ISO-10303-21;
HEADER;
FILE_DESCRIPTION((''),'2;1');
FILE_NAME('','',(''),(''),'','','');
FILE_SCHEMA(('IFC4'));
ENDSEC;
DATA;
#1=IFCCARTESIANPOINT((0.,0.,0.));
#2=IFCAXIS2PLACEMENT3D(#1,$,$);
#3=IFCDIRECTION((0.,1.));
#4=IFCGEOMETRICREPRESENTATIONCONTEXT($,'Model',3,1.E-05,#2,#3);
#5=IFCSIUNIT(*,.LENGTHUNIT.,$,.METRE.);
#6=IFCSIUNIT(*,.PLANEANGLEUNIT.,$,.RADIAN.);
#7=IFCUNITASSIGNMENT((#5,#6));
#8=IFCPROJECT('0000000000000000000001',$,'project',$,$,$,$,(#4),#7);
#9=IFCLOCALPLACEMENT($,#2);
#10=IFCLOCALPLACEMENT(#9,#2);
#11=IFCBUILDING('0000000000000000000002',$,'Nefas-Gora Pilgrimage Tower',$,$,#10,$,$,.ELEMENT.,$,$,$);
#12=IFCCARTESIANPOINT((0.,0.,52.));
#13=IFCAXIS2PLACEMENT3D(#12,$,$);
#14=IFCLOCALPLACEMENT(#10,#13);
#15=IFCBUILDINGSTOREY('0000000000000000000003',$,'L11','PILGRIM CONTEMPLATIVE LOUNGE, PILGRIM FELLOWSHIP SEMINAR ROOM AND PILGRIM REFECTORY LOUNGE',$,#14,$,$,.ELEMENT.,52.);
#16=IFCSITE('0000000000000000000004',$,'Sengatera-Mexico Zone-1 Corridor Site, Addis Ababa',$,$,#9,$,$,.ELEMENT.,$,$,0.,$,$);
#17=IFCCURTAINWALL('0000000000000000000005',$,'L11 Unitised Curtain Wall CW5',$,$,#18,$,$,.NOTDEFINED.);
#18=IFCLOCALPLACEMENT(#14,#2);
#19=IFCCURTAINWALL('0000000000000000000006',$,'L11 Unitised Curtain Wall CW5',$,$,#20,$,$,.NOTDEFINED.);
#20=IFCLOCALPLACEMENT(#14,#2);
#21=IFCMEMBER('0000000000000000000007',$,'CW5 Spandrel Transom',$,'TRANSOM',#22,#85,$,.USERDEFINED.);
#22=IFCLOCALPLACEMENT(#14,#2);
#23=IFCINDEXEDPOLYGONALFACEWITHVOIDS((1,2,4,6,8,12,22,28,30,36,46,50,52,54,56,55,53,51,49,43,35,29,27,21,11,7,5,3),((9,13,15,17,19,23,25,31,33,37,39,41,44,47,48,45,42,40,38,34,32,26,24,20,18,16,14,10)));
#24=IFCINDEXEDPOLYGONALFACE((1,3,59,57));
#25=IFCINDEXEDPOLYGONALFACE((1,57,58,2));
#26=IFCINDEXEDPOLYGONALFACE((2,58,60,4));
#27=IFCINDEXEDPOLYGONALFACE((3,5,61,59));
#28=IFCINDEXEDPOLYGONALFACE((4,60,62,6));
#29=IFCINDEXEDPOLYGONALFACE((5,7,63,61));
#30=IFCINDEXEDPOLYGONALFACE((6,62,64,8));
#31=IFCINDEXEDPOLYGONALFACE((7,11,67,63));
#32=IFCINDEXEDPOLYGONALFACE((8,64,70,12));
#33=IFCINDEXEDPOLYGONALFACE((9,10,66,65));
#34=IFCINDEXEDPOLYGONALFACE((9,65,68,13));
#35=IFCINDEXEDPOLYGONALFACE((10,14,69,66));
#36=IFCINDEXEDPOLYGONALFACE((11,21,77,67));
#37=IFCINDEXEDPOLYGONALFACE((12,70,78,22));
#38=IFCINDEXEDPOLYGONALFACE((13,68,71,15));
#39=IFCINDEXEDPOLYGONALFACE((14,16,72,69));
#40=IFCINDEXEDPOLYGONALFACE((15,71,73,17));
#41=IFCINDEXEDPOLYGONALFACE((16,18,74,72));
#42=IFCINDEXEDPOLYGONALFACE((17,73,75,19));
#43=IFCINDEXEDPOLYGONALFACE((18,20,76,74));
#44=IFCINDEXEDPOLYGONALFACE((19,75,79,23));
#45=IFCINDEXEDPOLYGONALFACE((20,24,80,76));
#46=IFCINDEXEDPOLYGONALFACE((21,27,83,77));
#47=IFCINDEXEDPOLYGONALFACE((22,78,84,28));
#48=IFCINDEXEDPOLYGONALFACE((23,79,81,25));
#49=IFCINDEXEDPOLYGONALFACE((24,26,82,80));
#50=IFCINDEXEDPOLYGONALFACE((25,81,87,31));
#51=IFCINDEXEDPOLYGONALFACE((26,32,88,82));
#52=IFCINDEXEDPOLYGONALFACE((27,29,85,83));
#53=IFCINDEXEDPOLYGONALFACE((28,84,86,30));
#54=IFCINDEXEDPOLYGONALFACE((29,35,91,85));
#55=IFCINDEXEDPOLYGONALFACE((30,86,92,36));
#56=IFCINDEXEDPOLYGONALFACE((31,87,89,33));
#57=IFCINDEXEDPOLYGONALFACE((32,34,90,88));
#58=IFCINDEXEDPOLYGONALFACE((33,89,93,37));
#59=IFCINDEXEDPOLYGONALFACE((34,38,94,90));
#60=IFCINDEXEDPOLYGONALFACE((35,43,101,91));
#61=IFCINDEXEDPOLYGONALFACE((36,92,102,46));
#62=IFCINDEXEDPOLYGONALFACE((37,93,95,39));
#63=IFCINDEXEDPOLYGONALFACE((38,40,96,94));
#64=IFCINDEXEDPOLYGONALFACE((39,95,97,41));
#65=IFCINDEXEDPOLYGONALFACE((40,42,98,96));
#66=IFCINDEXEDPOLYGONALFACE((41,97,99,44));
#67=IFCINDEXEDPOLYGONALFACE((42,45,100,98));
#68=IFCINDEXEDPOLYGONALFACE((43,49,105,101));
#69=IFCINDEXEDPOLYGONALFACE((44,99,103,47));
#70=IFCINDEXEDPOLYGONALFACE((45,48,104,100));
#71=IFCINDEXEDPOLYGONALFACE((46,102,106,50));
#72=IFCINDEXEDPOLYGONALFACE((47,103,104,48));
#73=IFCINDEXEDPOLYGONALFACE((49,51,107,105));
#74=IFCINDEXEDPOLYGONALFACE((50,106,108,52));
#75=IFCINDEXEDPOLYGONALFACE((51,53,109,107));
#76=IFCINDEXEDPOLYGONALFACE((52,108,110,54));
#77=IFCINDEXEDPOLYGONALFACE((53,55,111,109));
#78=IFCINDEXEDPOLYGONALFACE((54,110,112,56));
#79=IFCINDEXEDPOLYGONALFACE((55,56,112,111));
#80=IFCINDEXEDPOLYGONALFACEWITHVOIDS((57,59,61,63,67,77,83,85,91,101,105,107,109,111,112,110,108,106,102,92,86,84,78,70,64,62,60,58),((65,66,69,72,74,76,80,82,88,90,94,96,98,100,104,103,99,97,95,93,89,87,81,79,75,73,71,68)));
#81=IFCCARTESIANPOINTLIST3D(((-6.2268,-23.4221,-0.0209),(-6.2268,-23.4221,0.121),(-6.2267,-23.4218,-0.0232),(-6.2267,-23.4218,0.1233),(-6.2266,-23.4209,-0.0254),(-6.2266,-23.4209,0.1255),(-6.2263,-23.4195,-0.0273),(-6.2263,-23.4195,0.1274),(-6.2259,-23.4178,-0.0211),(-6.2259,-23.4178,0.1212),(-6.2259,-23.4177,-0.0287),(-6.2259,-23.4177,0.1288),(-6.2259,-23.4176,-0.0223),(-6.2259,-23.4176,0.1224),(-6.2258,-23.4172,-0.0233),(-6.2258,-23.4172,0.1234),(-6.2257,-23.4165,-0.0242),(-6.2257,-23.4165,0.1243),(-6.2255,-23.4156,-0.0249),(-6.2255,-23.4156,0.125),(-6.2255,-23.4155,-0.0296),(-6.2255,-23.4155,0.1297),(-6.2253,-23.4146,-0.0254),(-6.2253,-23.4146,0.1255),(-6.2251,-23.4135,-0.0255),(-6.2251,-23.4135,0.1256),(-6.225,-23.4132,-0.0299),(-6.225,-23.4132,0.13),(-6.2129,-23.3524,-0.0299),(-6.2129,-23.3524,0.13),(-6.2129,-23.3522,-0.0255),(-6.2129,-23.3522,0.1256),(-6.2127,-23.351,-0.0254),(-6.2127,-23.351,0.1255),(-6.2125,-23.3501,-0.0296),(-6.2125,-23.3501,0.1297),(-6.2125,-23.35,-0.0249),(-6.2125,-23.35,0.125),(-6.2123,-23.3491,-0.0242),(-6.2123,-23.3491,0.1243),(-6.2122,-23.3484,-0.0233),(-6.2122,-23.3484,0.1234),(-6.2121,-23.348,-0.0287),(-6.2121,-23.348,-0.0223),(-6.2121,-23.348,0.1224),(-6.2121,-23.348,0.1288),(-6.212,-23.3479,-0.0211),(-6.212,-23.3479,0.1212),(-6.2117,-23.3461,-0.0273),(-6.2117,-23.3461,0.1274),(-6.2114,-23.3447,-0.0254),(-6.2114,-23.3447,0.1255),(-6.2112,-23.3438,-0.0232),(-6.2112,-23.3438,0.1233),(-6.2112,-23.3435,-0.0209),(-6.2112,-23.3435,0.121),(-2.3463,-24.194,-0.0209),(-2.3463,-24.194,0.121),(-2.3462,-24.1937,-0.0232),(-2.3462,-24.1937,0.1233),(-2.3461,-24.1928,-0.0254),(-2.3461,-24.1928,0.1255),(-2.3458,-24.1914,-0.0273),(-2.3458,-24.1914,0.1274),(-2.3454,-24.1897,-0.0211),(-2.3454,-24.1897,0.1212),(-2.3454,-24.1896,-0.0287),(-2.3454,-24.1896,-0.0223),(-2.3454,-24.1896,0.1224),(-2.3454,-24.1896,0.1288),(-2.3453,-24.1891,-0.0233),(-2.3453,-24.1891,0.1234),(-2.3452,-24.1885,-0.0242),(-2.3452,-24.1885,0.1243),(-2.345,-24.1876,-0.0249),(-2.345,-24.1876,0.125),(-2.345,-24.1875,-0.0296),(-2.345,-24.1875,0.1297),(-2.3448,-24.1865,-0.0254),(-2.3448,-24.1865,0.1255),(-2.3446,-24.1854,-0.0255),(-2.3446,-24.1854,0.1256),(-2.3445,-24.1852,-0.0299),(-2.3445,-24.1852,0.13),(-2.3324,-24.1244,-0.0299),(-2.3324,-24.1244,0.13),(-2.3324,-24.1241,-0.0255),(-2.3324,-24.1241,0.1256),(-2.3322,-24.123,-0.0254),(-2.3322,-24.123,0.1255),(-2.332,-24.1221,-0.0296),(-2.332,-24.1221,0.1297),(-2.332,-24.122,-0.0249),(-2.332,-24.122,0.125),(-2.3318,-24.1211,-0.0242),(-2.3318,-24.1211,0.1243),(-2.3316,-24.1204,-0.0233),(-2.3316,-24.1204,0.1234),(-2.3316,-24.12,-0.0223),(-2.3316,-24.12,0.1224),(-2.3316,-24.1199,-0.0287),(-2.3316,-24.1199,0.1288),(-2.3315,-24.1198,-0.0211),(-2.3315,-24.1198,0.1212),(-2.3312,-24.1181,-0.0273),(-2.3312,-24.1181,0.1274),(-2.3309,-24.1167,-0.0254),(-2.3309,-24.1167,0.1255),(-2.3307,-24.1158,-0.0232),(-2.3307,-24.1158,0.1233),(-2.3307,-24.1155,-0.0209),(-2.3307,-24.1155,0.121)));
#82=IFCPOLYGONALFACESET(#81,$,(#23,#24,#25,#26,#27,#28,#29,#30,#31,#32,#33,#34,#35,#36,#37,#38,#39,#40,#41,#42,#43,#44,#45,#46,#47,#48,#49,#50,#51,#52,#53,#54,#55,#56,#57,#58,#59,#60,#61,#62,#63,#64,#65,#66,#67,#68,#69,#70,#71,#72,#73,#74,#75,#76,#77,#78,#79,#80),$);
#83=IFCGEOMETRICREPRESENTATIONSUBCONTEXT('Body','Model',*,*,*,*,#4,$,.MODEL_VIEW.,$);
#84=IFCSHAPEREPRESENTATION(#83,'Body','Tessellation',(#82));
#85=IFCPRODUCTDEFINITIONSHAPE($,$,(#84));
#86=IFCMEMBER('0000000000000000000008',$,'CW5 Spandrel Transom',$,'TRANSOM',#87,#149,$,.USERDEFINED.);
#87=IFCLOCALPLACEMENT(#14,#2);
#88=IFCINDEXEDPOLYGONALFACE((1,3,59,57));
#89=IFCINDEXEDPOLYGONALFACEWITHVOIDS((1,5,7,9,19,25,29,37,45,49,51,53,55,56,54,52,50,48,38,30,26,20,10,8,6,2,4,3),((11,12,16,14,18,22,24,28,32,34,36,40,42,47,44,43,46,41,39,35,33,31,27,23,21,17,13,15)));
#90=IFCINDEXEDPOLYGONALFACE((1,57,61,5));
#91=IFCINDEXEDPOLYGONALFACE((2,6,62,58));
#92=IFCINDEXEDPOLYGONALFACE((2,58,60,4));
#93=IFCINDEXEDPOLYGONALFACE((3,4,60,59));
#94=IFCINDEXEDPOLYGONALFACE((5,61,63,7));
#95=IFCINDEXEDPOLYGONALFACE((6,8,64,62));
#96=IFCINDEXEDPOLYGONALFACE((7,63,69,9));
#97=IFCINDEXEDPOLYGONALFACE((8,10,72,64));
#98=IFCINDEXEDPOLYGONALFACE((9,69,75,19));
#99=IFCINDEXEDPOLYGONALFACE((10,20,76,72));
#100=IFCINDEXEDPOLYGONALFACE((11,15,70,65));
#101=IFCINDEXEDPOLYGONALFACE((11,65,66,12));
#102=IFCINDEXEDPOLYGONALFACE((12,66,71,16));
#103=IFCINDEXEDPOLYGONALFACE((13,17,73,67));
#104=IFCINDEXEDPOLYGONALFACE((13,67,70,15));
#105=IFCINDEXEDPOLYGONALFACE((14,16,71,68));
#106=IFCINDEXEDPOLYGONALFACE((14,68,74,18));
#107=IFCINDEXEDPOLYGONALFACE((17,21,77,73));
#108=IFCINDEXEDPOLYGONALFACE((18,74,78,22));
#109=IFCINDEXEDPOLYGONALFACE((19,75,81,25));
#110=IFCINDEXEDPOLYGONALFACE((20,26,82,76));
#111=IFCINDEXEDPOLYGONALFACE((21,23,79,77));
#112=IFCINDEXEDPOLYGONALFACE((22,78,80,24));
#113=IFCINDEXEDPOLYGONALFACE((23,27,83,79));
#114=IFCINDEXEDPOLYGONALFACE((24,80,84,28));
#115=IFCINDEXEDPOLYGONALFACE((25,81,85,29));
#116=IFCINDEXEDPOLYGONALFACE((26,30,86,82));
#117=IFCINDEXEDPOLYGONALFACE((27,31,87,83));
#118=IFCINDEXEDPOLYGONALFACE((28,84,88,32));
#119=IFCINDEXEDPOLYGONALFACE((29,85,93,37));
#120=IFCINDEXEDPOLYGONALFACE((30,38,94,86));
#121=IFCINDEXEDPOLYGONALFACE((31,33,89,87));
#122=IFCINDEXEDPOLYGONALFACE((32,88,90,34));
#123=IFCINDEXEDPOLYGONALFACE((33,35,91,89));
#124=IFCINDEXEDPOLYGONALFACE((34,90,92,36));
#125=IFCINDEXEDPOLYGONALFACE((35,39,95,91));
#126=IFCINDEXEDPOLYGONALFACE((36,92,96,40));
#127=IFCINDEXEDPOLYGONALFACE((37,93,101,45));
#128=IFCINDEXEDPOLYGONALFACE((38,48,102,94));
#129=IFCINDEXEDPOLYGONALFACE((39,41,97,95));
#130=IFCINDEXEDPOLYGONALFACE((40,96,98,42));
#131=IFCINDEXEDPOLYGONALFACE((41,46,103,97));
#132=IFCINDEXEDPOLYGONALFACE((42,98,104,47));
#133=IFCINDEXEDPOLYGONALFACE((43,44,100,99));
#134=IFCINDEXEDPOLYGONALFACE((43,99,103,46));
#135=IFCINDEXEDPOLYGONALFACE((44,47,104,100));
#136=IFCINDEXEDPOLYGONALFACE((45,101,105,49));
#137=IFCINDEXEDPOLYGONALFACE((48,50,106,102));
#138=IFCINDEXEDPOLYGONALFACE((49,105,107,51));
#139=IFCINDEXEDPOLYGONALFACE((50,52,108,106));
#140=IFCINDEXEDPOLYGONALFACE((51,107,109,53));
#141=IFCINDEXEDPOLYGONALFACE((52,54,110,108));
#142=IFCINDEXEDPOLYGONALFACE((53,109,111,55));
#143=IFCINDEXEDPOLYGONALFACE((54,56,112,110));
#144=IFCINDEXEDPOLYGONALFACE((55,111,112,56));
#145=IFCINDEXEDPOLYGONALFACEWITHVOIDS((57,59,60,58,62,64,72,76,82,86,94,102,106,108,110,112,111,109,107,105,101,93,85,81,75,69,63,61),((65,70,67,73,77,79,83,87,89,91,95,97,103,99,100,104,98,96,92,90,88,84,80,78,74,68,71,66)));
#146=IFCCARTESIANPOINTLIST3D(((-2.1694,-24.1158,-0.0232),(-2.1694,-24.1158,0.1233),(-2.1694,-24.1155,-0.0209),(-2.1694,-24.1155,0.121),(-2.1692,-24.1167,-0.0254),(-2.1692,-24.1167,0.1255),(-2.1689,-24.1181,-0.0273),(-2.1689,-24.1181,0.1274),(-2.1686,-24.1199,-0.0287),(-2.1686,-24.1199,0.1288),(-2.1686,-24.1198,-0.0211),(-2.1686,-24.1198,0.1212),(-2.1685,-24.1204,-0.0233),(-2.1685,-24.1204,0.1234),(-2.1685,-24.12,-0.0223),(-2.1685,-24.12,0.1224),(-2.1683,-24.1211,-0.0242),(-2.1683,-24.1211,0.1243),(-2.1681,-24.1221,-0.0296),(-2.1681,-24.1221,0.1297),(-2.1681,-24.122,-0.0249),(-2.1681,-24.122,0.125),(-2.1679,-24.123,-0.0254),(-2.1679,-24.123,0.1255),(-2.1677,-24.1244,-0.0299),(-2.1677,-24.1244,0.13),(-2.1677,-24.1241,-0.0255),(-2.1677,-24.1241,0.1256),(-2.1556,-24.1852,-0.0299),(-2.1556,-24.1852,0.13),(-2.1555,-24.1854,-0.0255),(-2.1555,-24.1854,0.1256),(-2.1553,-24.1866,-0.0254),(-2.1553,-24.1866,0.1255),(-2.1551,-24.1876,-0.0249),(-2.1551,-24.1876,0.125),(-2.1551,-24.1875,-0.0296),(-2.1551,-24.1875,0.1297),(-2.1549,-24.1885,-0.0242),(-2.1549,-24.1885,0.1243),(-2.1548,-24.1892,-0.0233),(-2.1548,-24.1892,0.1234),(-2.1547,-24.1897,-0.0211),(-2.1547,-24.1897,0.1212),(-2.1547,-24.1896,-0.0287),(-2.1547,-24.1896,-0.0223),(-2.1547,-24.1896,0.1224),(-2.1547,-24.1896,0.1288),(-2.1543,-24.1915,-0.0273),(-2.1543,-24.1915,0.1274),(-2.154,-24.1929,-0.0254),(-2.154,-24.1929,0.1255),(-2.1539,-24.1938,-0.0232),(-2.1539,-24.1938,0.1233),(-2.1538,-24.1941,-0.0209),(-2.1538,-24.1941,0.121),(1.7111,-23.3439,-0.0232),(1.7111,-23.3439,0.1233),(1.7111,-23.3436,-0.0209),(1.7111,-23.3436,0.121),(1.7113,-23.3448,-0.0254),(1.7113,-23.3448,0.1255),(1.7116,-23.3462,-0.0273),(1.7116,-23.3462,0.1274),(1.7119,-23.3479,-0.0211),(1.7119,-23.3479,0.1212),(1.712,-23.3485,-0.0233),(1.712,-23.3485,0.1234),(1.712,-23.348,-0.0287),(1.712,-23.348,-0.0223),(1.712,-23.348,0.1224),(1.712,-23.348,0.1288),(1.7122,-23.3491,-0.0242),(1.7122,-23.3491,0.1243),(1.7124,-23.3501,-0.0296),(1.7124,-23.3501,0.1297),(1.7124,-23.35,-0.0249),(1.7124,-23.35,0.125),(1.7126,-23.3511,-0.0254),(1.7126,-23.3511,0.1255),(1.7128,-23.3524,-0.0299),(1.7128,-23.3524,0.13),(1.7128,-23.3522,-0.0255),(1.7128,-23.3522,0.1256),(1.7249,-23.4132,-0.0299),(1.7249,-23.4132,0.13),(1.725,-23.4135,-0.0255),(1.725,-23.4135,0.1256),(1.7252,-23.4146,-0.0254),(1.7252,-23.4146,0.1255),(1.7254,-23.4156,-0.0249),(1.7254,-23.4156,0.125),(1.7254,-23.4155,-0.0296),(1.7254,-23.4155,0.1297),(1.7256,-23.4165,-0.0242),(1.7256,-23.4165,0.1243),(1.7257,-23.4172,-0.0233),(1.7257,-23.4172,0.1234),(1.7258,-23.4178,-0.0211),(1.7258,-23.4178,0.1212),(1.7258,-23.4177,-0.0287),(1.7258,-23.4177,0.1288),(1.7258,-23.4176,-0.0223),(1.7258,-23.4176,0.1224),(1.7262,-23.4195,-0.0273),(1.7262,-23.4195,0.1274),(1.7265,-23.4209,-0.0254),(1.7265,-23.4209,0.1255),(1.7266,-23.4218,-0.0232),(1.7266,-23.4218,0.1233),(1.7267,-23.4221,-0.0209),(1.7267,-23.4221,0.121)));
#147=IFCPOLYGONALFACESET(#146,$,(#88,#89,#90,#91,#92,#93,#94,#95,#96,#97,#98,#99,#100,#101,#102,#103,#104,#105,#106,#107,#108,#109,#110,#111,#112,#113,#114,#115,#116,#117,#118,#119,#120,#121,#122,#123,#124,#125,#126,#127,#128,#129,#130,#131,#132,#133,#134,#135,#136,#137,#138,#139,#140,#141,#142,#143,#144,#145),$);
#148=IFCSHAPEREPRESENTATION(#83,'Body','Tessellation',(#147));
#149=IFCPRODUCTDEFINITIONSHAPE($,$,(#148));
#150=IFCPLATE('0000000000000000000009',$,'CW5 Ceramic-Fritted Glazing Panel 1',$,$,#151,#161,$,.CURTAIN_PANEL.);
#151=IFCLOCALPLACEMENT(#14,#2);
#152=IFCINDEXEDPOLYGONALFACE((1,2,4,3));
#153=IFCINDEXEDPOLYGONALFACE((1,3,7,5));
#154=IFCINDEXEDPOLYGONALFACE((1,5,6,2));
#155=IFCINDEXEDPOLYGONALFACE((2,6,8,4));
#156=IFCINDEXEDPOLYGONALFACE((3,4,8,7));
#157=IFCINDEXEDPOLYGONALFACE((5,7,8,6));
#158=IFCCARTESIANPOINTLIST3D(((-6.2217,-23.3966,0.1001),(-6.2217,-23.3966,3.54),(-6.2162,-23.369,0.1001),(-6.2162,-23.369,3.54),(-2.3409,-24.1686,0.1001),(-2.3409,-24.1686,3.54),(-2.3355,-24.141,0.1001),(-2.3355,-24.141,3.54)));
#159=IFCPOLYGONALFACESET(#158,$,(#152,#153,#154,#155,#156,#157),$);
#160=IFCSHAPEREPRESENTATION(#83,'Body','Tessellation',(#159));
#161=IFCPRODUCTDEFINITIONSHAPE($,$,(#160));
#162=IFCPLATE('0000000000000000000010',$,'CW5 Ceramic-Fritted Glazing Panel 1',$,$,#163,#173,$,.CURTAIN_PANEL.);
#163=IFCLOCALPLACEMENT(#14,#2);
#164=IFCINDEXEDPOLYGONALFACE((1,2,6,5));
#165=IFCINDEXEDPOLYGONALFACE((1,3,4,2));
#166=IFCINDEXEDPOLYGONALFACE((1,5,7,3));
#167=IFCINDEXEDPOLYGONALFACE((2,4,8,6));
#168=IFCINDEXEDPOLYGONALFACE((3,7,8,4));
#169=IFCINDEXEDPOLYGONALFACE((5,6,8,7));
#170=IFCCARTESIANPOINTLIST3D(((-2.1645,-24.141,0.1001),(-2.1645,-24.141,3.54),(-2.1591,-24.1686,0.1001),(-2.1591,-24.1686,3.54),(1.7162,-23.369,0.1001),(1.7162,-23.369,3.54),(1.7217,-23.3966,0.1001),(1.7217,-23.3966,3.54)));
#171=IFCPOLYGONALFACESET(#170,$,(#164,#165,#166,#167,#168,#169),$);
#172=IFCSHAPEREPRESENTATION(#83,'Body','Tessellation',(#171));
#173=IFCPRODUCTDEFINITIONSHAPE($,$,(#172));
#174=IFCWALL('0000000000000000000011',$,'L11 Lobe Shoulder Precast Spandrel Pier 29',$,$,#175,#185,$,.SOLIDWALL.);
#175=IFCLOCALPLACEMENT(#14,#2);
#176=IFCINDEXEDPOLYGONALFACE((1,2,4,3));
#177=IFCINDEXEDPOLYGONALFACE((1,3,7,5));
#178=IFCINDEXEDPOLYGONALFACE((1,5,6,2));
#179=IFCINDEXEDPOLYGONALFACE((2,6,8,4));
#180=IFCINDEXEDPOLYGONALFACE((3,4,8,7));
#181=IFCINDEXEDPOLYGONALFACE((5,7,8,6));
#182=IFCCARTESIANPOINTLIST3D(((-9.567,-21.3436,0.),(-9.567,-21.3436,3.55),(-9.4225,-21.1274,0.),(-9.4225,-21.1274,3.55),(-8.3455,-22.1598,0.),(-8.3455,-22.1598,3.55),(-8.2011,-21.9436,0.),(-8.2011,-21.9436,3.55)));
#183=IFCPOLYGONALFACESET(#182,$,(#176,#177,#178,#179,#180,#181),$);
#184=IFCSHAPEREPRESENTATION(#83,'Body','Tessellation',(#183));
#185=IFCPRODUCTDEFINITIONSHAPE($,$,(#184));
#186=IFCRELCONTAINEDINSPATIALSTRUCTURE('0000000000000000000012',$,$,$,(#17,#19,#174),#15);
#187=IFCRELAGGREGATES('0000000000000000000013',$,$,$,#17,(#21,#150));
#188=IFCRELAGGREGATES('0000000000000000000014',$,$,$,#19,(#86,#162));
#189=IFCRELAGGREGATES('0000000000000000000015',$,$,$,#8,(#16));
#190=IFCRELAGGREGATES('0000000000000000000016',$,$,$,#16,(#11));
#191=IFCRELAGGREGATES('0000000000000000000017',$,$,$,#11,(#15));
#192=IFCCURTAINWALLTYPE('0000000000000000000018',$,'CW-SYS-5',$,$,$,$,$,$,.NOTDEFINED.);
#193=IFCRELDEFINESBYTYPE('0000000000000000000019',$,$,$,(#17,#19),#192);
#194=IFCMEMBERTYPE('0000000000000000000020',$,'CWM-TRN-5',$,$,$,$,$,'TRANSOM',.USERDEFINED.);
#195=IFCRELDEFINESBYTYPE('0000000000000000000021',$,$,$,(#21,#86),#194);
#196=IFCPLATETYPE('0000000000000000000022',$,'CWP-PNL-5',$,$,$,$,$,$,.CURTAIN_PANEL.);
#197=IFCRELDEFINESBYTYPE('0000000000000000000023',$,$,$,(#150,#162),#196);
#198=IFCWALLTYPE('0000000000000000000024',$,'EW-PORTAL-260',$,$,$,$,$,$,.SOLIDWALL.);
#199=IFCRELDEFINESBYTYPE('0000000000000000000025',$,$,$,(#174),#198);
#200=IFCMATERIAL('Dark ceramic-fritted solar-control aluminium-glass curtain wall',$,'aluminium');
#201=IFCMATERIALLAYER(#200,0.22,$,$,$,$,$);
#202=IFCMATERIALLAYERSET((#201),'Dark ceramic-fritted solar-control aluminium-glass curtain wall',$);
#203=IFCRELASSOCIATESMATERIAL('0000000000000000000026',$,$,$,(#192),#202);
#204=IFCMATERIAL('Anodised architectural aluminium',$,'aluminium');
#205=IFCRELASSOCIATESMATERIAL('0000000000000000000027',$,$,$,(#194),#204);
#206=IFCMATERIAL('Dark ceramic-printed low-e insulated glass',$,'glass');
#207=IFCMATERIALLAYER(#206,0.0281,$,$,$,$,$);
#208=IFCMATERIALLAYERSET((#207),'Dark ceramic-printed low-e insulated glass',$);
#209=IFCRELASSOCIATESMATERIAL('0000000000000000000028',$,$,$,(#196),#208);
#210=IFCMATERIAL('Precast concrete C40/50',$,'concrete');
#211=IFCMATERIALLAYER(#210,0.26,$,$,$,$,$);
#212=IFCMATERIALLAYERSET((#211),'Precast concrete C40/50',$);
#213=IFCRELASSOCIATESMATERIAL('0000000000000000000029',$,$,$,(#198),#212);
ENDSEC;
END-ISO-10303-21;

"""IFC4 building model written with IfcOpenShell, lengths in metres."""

from ifc_helpers import new_model, si_unit, direction, frame, frame_2d, origin, origin_2d, place, context, subcontext, project, spatial, rectangle, hollow_rectangle, extrude, source, transform, mapped, material, layer, layer_set, material_profile, profile_set, type_object, element, aggregate, save


model = new_model("IFC4")

# Units and contexts
model_context = context("Model", 3, precision=1e-05, world=origin(), true_north=direction((0.0, 1.0)))
body_context = subcontext(model_context, "Body", "Model", "MODEL_VIEW")
ifc_project = project(units=[si_unit("LENGTHUNIT", "METRE"), si_unit("PLANEANGLEUNIT", "RADIAN")], contexts=[model_context])

# Site, building, storey
site_placement = place(None, origin())
site = spatial("IfcSite", under=ifc_project, at=site_placement, Name="Sengatera-Mexico Zone-1 Corridor Site, Addis Ababa", CompositionType="ELEMENT", RefElevation=0.0)
building_placement = place(site_placement, origin())
building = spatial("IfcBuilding", under=site, at=building_placement, Name="Nefas-Gora Pilgrimage Tower", CompositionType="ELEMENT")
storey_placement = place(building_placement, frame((0.0, 0.0, 52.0)))
storey = spatial("IfcBuildingStorey", under=building, at=storey_placement, Name="L11", Description="PILGRIM CONTEMPLATIVE LOUNGE, PILGRIM FELLOWSHIP SEMINAR ROOM AND PILGRIM REFECTORY LOUNGE", CompositionType="ELEMENT", Elevation=52.0)

# Shared definitions
ifc_material_1 = material(Name="Dark ceramic-fritted solar-control aluminium-glass curtain wall", Category="aluminium")
ifc_layer_1 = layer(ifc_material_1, 0.22)
ifc_layer_set_1 = layer_set([ifc_layer_1], Name="Dark ceramic-fritted solar-control aluminium-glass curtain wall")
curtain_wall_type = type_object("IfcCurtainWallType", Name="CW-SYS-5", PredefinedType="NOTDEFINED", material=ifc_layer_set_1)
ifc_material_2 = material(Name="Anodised architectural aluminium", Category="aluminium")

# Curtain wall
curtain_wall_1_placement = place(storey_placement, origin())
curtain_wall_1 = element("IfcCurtainWall", 1, at=curtain_wall_1_placement, inside=storey, type_object=curtain_wall_type, Name="L11 Unitised Curtain Wall CW5", PredefinedType="NOTDEFINED")

# Curtain wall
curtain_wall_2_placement = place(storey_placement, origin())
curtain_wall_2 = element("IfcCurtainWall", 2, at=curtain_wall_2_placement, inside=storey, type_object=curtain_wall_type, Name="L11 Unitised Curtain Wall CW5", PredefinedType="NOTDEFINED")

# Members
ifc_material_profile_1 = material_profile(ifc_material_2, hollow_rectangle(XDim=0.0801, YDim=0.1599, WallThickness=0.0044, InnerFilletRadius=0.0044, OuterFilletRadius=0.009, at=origin_2d()), Name="ALU TRANSOM 80x160")
ifc_profile_set_1 = profile_set([ifc_material_profile_1], Name="Anodised architectural aluminium")
member_type_1 = type_object("IfcMemberType", Name="CWM-TRN-5", ElementType="TRANSOM", PredefinedType="USERDEFINED", material=ifc_profile_set_1)
shared_shape_1 = source(origin(), body_context, "Body", "SweptSolid", [
    extrude(hollow_rectangle(XDim=0.0801, YDim=0.1599, WallThickness=0.0044, InnerFilletRadius=0.0044, OuterFilletRadius=0.009, at=origin_2d()), origin(), (0.0, 0.0, 1.0), 3.9565),
])
member_1_placement = place(storey_placement, frame((-6.219, -23.3828, 0.05), z_axis=(0.980782, -0.195107, 0.0), x_axis=(0.195107, 0.980782, 0.0)))
member_1 = element("IfcMember", 3, at=member_1_placement, type_object=member_type_1, Name="CW5 Spandrel Transom", ObjectType="TRANSOM", PredefinedType="USERDEFINED", context=body_context, shape_type="MappedRepresentation", body=[
    mapped(shared_shape_1, transform((0.0, 0.0, 0.0), x_axis=(1.0, 0.0, 0.0), y_axis=(0.0, 1.0, 0.0), z_axis=(0.0, 0.0, 1.0), scale=1.0)),
])
member_2_placement = place(storey_placement, frame((-2.1616, -24.1548, 0.05), z_axis=(0.980782, 0.195107, 0.0), x_axis=(-0.195107, 0.980782, 0.0)))
member_2 = element("IfcMember", 4, at=member_2_placement, type_object=member_type_1, Name="CW5 Spandrel Transom", ObjectType="TRANSOM", PredefinedType="USERDEFINED", context=body_context, shape_type="MappedRepresentation", body=[
    mapped(shared_shape_1, transform((0.0, 0.0, 0.0), x_axis=(1.0, 0.0, 0.0), y_axis=(0.0, 1.0, 0.0), z_axis=(0.0, 0.0, 1.0), scale=1.0)),
])

# Plates
ifc_material_3 = material(Name="Dark ceramic-printed low-e insulated glass", Category="glass")
ifc_layer_2 = layer(ifc_material_3, 0.0281)
ifc_layer_set_2 = layer_set([ifc_layer_2], Name="Dark ceramic-printed low-e insulated glass")
plate_type = type_object("IfcPlateType", Name="CWP-PNL-5", PredefinedType="CURTAIN_PANEL", material=ifc_layer_set_2)
shared_shape_2 = source(origin(), body_context, "Body", "SweptSolid", [
    extrude(rectangle(XDim=3.9568, YDim=0.0281, at=origin_2d()), origin(), (0.0, 0.0, 1.0), 3.4399),
])
plate_1_placement = place(storey_placement, frame((-4.2786, -23.7688, 0.1001), z_axis=(0.0, 0.0, 1.0), x_axis=(0.980783, -0.195102, 0.0)))
plate_1 = element("IfcPlate", 5, at=plate_1_placement, type_object=plate_type, Name="CW5 Ceramic-Fritted Glazing Panel 1", PredefinedType="CURTAIN_PANEL", context=body_context, shape_type="MappedRepresentation", body=[
    mapped(shared_shape_2, transform((0.0, 0.0, 0.0), x_axis=(1.0, 0.0, 0.0), y_axis=(0.0, 1.0, 0.0), z_axis=(0.0, 0.0, 1.0), scale=1.0)),
])
aggregate(curtain_wall_1, [member_1, plate_1])
plate_2_placement = place(storey_placement, frame((-0.2214, -23.7688, 0.1001), z_axis=(0.0, 0.0, 1.0), x_axis=(0.980783, 0.195102, 0.0)))
plate_2 = element("IfcPlate", 6, at=plate_2_placement, type_object=plate_type, Name="CW5 Ceramic-Fritted Glazing Panel 1", PredefinedType="CURTAIN_PANEL", context=body_context, shape_type="MappedRepresentation", body=[
    mapped(shared_shape_2, transform((0.0, 0.0, 0.0), x_axis=(1.0, 0.0, 0.0), y_axis=(0.0, 1.0, 0.0), z_axis=(0.0, 0.0, 1.0), scale=1.0)),
])
aggregate(curtain_wall_2, [member_2, plate_2])

# Wall
ifc_material_4 = material(Name="Precast concrete C40/50", Category="concrete")
ifc_layer_3 = layer(ifc_material_4, 0.26)
ifc_layer_set_3 = layer_set([ifc_layer_3], Name="Precast concrete C40/50")
wall_type_1 = type_object("IfcWallType", Name="EW-PORTAL-260", PredefinedType="SOLIDWALL", material=ifc_layer_set_3)
shared_shape_3 = source(origin(), body_context, "Body", "SweptSolid", [
    extrude(rectangle(XDim=1.469, YDim=0.26, at=frame_2d((0.7344, 0.0))), origin(), (0.0, 0.0, 1.0), 3.55),
])
wall_1_placement = place(storey_placement, frame((-9.4946, -21.2356, 0.0), z_axis=(0.0, 0.0, 1.0), x_axis=(0.831462, -0.555582, 0.0)))
element("IfcWall", 7, at=wall_1_placement, inside=storey, type_object=wall_type_1, Name="L11 Lobe Shoulder Precast Spandrel Pier 29", PredefinedType="SOLIDWALL", context=body_context, shape_type="MappedRepresentation", body=[
    mapped(shared_shape_3, transform((0.0, 0.0, 0.0), x_axis=(1.0, 0.0, 0.0), y_axis=(0.0, 1.0, 0.0), z_axis=(0.0, 0.0, 1.0), scale=1.0)),
])

save(model, "model.ifc")
